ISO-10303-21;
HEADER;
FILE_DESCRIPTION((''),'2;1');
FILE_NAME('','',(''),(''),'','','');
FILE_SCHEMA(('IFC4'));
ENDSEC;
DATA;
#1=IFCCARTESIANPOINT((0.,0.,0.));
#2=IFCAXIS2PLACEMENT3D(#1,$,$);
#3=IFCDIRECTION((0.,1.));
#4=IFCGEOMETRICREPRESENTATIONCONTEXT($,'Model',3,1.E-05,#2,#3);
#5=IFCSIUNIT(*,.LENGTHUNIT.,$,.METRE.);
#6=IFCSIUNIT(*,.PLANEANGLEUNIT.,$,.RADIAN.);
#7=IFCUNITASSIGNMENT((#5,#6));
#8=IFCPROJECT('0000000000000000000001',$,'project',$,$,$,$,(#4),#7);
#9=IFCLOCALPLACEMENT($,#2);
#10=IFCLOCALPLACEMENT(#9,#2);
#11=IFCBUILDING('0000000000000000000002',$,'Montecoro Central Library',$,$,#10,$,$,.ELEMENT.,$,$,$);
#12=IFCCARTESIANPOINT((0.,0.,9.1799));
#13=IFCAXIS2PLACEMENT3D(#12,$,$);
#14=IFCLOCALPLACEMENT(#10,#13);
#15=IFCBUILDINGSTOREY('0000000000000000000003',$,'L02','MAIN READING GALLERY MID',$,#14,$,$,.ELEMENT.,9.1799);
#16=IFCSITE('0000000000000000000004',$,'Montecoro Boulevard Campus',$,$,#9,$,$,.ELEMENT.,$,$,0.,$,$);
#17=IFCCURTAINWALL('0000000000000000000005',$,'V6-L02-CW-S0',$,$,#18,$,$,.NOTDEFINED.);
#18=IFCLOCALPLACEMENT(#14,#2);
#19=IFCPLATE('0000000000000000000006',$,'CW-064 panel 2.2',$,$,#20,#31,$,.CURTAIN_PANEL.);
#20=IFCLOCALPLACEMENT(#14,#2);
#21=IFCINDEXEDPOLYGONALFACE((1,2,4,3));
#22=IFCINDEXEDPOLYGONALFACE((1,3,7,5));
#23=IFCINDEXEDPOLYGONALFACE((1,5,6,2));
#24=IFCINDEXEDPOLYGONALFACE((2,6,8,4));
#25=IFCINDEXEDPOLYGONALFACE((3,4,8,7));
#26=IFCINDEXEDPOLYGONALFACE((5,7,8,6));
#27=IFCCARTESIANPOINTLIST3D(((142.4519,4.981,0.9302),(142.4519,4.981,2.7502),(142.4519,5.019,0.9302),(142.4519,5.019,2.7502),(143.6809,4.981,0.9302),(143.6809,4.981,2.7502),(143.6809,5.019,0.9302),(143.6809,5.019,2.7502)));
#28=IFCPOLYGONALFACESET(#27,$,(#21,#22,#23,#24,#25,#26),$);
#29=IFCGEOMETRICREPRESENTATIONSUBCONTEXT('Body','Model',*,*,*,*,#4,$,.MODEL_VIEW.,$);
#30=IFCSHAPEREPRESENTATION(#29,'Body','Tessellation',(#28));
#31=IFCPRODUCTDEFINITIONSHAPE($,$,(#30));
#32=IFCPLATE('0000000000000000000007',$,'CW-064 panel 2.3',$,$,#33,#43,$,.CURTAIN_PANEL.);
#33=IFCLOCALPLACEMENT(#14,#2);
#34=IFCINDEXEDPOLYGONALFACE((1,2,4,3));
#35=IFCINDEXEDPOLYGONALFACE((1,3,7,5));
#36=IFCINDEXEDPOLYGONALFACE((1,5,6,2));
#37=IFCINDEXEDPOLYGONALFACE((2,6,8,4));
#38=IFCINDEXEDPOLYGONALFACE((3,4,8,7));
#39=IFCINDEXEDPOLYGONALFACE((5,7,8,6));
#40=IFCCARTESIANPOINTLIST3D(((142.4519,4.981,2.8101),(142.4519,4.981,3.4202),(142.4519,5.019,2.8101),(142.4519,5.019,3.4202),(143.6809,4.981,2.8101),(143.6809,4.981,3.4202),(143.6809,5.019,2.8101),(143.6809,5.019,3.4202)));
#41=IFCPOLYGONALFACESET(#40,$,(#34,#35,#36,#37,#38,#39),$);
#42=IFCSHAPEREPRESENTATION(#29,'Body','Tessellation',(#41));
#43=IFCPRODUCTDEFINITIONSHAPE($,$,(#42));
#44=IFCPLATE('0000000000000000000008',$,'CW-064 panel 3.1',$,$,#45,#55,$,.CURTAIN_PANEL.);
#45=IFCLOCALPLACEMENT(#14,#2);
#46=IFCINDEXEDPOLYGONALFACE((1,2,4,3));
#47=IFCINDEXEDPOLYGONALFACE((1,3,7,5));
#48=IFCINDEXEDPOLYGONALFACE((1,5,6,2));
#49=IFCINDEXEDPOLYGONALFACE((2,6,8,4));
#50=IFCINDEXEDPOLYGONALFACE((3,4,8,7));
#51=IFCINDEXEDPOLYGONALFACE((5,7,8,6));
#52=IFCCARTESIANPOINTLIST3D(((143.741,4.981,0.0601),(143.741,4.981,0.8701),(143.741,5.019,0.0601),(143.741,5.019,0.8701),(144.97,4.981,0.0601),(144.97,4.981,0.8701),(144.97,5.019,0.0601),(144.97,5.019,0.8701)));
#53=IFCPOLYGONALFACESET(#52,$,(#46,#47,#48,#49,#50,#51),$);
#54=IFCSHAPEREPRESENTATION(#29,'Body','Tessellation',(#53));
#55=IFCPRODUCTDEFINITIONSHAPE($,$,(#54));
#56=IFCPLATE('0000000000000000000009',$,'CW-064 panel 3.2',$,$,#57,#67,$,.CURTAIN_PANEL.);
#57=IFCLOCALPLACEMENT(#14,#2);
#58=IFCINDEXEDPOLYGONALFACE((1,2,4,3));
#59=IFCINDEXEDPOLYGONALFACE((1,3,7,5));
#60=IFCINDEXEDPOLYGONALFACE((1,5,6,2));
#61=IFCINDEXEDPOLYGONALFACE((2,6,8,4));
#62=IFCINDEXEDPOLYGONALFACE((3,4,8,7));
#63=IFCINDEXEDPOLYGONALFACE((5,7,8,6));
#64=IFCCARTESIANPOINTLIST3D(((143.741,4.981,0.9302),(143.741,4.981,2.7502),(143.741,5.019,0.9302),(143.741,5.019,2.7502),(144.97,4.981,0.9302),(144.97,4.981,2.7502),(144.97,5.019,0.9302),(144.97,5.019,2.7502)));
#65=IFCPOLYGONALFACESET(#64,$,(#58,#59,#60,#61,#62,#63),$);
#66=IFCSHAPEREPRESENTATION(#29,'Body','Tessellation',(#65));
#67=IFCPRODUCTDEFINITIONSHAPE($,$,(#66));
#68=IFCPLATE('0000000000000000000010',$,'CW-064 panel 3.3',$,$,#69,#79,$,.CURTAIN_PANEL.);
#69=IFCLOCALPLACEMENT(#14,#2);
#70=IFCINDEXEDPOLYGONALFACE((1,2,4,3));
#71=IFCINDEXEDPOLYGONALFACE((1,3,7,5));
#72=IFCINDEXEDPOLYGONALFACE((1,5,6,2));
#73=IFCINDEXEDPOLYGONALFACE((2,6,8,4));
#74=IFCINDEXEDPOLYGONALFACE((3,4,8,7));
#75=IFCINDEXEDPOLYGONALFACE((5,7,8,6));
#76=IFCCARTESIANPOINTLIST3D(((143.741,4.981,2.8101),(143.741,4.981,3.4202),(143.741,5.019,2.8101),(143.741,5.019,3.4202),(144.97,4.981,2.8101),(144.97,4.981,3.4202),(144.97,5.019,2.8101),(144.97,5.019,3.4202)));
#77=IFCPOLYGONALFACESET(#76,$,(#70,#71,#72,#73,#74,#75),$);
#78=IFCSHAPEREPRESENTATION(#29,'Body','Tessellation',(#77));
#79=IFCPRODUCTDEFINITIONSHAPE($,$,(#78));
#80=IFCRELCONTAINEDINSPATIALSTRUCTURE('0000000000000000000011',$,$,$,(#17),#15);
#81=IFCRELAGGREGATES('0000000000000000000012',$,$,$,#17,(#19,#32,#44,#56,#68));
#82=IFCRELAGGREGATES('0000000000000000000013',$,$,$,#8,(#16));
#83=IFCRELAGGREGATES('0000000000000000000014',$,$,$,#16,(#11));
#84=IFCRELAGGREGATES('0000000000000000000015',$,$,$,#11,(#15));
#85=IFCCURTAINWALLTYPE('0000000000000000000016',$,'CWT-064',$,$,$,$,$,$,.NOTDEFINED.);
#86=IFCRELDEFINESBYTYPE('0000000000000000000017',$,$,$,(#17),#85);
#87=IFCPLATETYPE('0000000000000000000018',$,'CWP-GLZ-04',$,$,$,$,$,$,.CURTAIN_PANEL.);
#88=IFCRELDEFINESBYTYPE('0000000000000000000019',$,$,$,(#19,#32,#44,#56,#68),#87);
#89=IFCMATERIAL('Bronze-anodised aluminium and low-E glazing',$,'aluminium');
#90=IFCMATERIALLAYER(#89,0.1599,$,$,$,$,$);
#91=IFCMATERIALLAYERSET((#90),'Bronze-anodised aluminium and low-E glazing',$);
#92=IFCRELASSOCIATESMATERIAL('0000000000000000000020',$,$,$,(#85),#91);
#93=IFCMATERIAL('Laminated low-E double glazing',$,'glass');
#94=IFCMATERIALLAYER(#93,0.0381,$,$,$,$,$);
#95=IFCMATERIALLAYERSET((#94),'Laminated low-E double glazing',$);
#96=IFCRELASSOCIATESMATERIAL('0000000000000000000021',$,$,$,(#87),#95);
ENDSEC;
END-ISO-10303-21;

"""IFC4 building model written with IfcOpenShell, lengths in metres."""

from ifc_helpers import new_model, si_unit, direction, frame, origin, origin_2d, place, context, subcontext, project, spatial, rectangle, extrude, material, layer, layer_set, type_object, element, aggregate, save


model = new_model("IFC4")

# Units and contexts
model_context = context("Model", 3, precision=1e-05, world=origin(), true_north=direction((0.0, 1.0)))
body_context = subcontext(model_context, "Body", "Model", "MODEL_VIEW")
ifc_project = project(units=[si_unit("LENGTHUNIT", "METRE"), si_unit("PLANEANGLEUNIT", "RADIAN")], contexts=[model_context])

# Site, building, storey
site_placement = place(None, origin())
site = spatial("IfcSite", under=ifc_project, at=site_placement, Name="Montecoro Boulevard Campus", CompositionType="ELEMENT", RefElevation=0.0)
building_placement = place(site_placement, origin())
building = spatial("IfcBuilding", under=site, at=building_placement, Name="Montecoro Central Library", CompositionType="ELEMENT")
storey_placement = place(building_placement, frame((0.0, 0.0, 9.1799)))
storey = spatial("IfcBuildingStorey", under=building, at=storey_placement, Name="L02", Description="MAIN READING GALLERY MID", CompositionType="ELEMENT", Elevation=9.1799)

# Curtain wall, plates
ifc_material_1 = material(Name="Bronze-anodised aluminium and low-E glazing", Category="aluminium")
ifc_layer_1 = layer(ifc_material_1, 0.1599)
ifc_layer_set_1 = layer_set([ifc_layer_1], Name="Bronze-anodised aluminium and low-E glazing")
curtain_wall_type = type_object("IfcCurtainWallType", Name="CWT-064", PredefinedType="NOTDEFINED", material=ifc_layer_set_1)
curtain_wall_placement = place(storey_placement, origin())
curtain_wall = element("IfcCurtainWall", 1, at=curtain_wall_placement, inside=storey, type_object=curtain_wall_type, Name="V6-L02-CW-S0", PredefinedType="NOTDEFINED")
ifc_material_2 = material(Name="Laminated low-E double glazing", Category="glass")
ifc_layer_2 = layer(ifc_material_2, 0.0381)
ifc_layer_set_2 = layer_set([ifc_layer_2], Name="Laminated low-E double glazing")
plate_type = type_object("IfcPlateType", Name="CWP-GLZ-04", PredefinedType="CURTAIN_PANEL", material=ifc_layer_set_2)
plate_1_placement = place(storey_placement, frame((143.0664, 5.0, 0.9302), z_axis=(0.0, 0.0, 1.0), x_axis=(1.0, 0.0, 0.0)))
plate_1 = element("IfcPlate", 2, at=plate_1_placement, type_object=plate_type, Name="CW-064 panel 2.2", PredefinedType="CURTAIN_PANEL", context=body_context, shape_type="SweptSolid", body=[
    extrude(rectangle(XDim=1.229, YDim=0.0381, at=origin_2d()), origin(), (0.0, 0.0, 1.0), 1.8201),
])
plate_2_placement = place(storey_placement, frame((143.0664, 5.0, 2.8101), z_axis=(0.0, 0.0, 1.0), x_axis=(1.0, 0.0, 0.0)))
plate_2 = element("IfcPlate", 3, at=plate_2_placement, type_object=plate_type, Name="CW-064 panel 2.3", PredefinedType="CURTAIN_PANEL", context=body_context, shape_type="SweptSolid", body=[
    extrude(rectangle(XDim=1.229, YDim=0.0381, at=origin_2d()), origin(), (0.0, 0.0, 1.0), 0.6101),
])
plate_3_placement = place(storey_placement, frame((144.3555, 5.0, 0.0601), z_axis=(0.0, 0.0, 1.0), x_axis=(1.0, 0.0, 0.0)))
plate_3 = element("IfcPlate", 4, at=plate_3_placement, type_object=plate_type, Name="CW-064 panel 3.1", PredefinedType="CURTAIN_PANEL", context=body_context, shape_type="SweptSolid", body=[
    extrude(rectangle(XDim=1.229, YDim=0.0381, at=origin_2d()), origin(), (0.0, 0.0, 1.0), 0.8101),
])
plate_4_placement = place(storey_placement, frame((144.3555, 5.0, 0.9302), z_axis=(0.0, 0.0, 1.0), x_axis=(1.0, 0.0, 0.0)))
plate_4 = element("IfcPlate", 5, at=plate_4_placement, type_object=plate_type, Name="CW-064 panel 3.2", PredefinedType="CURTAIN_PANEL", context=body_context, shape_type="SweptSolid", body=[
    extrude(rectangle(XDim=1.229, YDim=0.0381, at=origin_2d()), origin(), (0.0, 0.0, 1.0), 1.8201),
])
plate_5_placement = place(storey_placement, frame((144.3555, 5.0, 2.8101), z_axis=(0.0, 0.0, 1.0), x_axis=(1.0, 0.0, 0.0)))
plate_5 = element("IfcPlate", 6, at=plate_5_placement, type_object=plate_type, Name="CW-064 panel 3.3", PredefinedType="CURTAIN_PANEL", context=body_context, shape_type="SweptSolid", body=[
    extrude(rectangle(XDim=1.229, YDim=0.0381, at=origin_2d()), origin(), (0.0, 0.0, 1.0), 0.6101),
])
aggregate(curtain_wall, [plate_1, plate_2, plate_3, plate_4, plate_5])

save(model, "model.ifc")
